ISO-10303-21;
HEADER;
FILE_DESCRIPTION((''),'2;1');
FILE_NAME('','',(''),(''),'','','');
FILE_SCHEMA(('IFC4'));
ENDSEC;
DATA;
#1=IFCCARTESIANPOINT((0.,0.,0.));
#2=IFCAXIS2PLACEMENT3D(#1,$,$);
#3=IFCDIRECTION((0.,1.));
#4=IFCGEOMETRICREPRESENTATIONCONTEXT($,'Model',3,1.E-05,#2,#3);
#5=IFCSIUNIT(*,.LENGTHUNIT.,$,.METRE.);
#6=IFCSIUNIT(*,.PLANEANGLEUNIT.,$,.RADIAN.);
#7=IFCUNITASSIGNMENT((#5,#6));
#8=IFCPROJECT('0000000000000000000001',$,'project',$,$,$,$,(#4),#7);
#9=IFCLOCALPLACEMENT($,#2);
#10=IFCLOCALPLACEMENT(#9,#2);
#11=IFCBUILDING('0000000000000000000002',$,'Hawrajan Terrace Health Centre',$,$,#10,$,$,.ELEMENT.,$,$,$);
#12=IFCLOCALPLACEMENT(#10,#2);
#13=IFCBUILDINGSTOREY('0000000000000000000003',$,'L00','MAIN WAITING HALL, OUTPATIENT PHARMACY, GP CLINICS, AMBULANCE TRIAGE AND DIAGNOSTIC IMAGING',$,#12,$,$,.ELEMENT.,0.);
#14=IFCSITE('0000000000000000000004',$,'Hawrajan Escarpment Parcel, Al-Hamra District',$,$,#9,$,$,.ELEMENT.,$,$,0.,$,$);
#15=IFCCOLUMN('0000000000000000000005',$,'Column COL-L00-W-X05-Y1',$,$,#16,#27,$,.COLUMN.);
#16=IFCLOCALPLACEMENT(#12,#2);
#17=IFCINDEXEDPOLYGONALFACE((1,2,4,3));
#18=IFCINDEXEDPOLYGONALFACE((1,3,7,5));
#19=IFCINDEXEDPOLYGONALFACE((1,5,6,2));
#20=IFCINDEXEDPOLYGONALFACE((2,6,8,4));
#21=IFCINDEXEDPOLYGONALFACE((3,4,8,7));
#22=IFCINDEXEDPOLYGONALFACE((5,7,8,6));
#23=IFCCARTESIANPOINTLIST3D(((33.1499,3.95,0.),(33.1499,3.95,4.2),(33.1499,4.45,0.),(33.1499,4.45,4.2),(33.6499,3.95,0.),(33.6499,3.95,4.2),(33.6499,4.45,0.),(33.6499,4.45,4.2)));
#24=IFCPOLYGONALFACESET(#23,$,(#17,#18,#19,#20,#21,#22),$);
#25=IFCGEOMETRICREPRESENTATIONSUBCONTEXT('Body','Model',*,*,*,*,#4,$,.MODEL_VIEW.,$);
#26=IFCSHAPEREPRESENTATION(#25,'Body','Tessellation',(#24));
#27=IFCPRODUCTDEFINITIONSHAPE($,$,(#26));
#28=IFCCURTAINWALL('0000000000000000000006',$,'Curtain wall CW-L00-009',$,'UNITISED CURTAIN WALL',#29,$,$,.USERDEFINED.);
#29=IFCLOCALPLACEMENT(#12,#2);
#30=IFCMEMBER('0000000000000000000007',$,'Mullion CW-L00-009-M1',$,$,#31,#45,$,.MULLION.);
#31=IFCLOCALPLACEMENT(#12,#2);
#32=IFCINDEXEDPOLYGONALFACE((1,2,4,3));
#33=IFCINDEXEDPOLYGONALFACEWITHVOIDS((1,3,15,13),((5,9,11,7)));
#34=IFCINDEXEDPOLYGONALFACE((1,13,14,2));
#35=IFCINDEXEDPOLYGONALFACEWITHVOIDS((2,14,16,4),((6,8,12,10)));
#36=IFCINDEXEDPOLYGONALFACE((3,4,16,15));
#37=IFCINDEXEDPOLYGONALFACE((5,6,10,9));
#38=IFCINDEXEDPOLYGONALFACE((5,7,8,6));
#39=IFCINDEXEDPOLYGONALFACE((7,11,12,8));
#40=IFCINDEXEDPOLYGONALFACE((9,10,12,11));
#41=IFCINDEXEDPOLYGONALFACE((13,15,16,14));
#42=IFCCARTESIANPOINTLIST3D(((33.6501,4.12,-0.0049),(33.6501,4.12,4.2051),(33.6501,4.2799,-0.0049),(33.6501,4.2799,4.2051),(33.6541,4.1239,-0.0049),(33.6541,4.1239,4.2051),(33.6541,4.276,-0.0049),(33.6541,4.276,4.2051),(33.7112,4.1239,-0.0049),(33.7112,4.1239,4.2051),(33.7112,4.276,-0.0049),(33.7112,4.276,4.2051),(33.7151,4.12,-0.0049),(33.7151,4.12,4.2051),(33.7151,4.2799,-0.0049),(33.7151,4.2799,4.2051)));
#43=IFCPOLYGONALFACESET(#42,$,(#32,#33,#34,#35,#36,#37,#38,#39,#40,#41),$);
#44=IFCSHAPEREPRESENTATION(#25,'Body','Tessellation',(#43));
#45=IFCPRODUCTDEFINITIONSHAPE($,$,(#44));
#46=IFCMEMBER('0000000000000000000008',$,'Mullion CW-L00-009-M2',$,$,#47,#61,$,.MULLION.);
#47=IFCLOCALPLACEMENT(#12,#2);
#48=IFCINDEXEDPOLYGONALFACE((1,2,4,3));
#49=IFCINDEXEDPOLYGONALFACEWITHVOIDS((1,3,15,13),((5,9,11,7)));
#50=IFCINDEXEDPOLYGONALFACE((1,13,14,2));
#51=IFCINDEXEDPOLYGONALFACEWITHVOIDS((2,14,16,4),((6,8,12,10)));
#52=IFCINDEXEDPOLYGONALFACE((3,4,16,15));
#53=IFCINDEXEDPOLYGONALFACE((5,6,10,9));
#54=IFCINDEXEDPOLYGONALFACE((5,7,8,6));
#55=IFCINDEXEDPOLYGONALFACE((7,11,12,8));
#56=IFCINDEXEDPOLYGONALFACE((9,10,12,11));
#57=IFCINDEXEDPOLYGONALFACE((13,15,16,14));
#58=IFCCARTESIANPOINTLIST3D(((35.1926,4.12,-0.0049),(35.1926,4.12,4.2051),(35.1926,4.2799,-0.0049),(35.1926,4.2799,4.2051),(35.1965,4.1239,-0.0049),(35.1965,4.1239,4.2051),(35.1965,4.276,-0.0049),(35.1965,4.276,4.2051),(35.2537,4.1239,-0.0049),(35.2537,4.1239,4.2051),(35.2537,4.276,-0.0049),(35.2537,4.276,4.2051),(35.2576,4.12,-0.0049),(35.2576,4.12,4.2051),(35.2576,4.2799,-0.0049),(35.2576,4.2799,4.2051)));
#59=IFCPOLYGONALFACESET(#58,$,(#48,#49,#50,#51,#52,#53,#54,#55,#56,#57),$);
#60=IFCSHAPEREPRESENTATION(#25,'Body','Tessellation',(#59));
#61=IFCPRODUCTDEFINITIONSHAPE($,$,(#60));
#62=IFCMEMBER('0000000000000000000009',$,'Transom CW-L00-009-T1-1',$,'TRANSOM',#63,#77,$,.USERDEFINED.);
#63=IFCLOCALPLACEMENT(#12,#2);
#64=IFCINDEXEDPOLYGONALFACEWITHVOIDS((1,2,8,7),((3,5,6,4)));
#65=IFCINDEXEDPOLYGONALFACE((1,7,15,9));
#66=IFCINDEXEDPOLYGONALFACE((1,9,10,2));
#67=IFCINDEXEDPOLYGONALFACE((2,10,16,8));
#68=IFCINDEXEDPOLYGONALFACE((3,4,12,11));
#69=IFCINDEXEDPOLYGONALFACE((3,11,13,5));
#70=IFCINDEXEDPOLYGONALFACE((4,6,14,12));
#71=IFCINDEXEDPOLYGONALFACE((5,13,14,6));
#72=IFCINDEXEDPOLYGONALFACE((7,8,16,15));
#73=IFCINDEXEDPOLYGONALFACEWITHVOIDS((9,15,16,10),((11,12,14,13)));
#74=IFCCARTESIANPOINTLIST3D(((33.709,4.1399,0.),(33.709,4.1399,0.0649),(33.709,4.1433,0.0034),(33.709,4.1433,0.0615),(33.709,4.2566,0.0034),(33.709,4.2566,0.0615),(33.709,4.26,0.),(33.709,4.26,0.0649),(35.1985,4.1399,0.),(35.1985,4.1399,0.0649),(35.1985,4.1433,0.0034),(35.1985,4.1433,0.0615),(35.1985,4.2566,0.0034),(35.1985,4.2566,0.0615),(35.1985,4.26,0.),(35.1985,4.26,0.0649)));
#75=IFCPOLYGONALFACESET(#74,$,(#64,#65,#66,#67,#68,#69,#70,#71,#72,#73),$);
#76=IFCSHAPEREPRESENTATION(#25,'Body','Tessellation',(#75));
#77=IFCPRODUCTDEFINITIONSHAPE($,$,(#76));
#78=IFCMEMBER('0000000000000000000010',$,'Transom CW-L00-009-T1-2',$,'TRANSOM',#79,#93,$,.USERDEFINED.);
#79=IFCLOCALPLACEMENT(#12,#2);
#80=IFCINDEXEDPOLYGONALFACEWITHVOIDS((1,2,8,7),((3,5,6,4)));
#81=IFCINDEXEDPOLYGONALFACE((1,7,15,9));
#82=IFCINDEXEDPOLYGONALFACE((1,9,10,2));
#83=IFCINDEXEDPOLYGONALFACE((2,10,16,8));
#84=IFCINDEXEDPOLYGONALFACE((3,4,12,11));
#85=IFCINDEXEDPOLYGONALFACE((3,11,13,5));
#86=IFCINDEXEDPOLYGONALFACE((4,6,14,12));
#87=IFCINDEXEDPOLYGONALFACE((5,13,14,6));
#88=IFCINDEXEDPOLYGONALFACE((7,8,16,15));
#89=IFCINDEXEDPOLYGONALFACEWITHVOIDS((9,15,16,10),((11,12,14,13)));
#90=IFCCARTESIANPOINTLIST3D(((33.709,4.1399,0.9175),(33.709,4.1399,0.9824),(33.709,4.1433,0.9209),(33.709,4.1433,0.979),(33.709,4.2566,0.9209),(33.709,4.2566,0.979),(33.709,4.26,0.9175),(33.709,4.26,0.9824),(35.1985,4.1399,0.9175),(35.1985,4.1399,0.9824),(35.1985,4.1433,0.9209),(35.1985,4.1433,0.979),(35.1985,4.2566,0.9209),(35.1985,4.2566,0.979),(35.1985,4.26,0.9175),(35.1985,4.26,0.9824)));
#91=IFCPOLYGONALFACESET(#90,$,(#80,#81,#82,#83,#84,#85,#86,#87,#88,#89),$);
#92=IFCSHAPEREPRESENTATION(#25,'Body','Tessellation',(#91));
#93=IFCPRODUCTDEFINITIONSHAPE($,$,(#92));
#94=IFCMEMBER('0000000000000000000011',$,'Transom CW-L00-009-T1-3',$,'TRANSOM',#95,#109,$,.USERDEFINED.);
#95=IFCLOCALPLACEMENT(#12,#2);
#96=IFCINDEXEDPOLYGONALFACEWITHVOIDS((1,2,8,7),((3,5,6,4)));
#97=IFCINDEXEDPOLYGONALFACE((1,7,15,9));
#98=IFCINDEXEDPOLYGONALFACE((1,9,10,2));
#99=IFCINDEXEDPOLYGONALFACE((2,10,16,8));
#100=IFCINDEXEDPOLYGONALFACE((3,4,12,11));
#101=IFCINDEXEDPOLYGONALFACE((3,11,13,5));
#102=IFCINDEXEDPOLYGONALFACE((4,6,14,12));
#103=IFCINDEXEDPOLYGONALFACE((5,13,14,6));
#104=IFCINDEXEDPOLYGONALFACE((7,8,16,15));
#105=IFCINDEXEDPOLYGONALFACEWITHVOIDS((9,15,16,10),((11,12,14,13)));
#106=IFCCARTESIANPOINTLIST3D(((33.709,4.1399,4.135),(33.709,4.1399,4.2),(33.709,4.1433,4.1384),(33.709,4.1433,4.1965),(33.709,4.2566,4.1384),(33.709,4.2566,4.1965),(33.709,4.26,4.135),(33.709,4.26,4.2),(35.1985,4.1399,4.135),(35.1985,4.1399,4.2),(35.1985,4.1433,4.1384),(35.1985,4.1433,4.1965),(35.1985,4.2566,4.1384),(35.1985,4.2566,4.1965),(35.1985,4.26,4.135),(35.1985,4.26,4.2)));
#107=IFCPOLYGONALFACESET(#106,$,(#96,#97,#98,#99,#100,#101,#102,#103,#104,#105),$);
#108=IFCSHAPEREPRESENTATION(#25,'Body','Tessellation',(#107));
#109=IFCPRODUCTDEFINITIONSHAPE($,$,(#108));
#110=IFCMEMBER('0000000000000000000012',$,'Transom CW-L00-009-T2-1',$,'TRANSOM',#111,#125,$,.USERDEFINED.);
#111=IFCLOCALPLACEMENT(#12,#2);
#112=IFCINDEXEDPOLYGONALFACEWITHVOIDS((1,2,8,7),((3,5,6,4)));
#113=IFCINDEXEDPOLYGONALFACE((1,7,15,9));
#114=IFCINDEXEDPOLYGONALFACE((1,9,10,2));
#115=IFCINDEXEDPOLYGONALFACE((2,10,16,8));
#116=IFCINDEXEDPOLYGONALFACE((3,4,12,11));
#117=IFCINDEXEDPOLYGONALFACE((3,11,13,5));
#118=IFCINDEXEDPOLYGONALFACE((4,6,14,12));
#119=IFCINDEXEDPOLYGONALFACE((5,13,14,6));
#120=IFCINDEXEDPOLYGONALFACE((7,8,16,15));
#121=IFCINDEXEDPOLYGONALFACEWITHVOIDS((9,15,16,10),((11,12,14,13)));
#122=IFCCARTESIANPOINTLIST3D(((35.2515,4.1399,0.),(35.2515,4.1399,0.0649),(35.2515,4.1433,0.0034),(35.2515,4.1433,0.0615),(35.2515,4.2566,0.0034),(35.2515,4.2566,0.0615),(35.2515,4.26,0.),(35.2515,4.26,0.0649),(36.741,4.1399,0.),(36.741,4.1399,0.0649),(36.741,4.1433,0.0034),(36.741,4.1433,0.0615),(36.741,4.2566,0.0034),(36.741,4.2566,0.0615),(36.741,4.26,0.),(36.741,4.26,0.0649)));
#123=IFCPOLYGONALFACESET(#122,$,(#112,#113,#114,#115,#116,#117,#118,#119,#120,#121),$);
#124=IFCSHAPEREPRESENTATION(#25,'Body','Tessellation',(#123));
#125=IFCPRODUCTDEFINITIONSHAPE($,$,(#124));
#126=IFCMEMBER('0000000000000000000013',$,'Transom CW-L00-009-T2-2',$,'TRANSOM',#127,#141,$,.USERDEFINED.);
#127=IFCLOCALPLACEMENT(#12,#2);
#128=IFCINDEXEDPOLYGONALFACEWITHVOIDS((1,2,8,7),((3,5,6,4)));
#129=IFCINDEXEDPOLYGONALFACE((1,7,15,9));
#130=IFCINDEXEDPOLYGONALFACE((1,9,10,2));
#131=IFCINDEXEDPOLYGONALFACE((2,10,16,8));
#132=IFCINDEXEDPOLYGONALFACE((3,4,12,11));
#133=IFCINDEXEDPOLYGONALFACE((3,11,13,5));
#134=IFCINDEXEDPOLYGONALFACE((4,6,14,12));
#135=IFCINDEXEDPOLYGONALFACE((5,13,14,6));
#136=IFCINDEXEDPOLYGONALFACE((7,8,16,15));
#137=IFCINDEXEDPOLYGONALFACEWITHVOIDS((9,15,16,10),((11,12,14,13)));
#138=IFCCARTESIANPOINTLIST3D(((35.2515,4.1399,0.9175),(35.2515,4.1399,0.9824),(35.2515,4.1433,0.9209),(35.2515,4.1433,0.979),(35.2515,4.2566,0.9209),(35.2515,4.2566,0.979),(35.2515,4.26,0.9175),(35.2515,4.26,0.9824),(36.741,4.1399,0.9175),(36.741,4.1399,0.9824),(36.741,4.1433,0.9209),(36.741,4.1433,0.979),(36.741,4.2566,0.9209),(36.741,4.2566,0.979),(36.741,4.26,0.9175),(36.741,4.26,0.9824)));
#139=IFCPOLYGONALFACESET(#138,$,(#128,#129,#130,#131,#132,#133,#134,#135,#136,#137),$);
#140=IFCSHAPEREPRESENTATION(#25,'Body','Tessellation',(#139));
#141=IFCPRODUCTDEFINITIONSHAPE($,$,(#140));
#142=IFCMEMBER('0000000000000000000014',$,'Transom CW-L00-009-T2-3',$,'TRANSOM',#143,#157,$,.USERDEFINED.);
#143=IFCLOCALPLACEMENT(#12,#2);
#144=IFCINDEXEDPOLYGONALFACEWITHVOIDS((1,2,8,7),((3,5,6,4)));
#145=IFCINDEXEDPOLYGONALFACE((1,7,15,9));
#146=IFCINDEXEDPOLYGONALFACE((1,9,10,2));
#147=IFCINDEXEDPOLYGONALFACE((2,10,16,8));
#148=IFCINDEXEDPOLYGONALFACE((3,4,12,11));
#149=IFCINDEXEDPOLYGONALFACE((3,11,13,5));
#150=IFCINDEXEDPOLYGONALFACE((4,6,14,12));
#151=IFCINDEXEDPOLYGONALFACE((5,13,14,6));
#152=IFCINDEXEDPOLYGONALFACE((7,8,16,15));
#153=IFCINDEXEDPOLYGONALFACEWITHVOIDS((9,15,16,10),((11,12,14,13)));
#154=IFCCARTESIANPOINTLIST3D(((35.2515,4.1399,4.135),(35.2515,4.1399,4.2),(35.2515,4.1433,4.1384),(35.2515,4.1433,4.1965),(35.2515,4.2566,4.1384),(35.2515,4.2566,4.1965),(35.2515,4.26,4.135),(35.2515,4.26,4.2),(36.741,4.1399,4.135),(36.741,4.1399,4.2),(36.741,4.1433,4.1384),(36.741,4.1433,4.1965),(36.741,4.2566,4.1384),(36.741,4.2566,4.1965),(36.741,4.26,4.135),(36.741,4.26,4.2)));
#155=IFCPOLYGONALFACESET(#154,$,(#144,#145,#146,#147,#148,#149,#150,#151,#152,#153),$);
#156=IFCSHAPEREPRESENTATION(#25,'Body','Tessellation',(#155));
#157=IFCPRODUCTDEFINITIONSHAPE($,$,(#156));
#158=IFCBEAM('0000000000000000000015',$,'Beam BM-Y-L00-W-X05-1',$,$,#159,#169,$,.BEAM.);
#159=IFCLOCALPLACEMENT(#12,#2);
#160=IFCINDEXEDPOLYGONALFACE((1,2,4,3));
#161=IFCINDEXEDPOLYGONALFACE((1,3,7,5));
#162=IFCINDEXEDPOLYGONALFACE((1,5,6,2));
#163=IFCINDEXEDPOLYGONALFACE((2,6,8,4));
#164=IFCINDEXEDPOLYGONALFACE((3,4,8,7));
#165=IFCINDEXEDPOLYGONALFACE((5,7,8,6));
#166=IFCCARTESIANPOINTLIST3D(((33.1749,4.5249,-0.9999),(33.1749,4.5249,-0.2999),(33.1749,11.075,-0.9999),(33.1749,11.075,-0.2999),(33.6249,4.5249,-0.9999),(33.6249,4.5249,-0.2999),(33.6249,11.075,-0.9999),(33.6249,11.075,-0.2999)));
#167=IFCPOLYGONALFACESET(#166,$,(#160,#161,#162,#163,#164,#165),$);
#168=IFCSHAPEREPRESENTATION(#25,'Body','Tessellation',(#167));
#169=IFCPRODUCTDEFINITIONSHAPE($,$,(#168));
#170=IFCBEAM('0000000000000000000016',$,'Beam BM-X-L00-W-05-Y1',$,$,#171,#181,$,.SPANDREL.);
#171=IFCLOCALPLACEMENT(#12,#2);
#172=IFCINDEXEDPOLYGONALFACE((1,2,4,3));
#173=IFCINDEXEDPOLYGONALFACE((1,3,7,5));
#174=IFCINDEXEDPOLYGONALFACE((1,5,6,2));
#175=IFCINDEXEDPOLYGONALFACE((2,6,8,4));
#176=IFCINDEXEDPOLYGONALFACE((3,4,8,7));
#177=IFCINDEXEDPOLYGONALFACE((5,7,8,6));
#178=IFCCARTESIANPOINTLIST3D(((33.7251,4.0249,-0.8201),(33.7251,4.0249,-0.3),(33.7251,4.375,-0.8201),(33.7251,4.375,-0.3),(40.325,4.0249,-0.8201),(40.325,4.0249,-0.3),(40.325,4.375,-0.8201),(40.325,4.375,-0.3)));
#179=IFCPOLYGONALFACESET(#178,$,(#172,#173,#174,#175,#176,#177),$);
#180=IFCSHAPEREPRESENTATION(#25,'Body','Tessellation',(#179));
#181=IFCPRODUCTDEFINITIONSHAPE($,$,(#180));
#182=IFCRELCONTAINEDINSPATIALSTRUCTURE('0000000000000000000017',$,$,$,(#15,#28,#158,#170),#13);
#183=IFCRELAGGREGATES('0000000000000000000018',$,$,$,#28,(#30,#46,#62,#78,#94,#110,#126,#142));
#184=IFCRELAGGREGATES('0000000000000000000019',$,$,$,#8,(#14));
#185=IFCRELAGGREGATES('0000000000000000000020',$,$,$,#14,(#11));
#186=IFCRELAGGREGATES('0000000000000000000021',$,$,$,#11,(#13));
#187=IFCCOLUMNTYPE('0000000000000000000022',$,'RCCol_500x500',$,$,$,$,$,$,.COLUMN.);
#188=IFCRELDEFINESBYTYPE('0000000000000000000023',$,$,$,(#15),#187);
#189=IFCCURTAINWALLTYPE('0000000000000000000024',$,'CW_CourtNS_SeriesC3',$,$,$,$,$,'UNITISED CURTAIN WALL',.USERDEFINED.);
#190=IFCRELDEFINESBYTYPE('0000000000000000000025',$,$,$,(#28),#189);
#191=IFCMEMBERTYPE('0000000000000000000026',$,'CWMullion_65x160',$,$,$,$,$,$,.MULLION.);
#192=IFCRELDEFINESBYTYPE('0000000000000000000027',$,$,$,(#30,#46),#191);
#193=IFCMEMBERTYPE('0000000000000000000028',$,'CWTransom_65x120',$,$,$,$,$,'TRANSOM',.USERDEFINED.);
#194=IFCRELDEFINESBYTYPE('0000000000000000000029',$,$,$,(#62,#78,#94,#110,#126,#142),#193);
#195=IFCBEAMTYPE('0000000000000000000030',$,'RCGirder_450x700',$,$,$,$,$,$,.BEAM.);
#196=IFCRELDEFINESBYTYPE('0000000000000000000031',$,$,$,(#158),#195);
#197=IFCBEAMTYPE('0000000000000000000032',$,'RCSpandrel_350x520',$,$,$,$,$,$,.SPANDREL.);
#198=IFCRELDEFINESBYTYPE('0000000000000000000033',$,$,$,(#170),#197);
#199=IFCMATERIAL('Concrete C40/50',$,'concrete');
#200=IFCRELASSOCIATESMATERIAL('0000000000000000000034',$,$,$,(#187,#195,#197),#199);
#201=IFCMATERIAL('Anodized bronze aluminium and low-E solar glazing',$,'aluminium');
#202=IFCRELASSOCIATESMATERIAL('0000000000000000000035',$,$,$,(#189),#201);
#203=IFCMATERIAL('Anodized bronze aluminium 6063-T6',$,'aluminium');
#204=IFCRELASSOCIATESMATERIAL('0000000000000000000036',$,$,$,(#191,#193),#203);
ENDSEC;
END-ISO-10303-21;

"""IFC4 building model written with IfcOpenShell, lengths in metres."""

from ifc_helpers import new_model, si_unit, direction, frame, origin, origin_2d, place, context, subcontext, project, spatial, rectangle, hollow_rectangle, extrude, material, material_profile, profile_set, type_object, element, aggregate, save


model = new_model("IFC4")

# Units and contexts
model_context = context("Model", 3, precision=1e-05, world=origin(), true_north=direction((0.0, 1.0)))
body_context = subcontext(model_context, "Body", "Model", "MODEL_VIEW")
ifc_project = project(units=[si_unit("LENGTHUNIT", "METRE"), si_unit("PLANEANGLEUNIT", "RADIAN")], contexts=[model_context])

# Site, building, storey
site_placement = place(None, origin())
site = spatial("IfcSite", under=ifc_project, at=site_placement, Name="Hawrajan Escarpment Parcel, Al-Hamra District", CompositionType="ELEMENT", RefElevation=0.0)
building_placement = place(site_placement, origin())
building = spatial("IfcBuilding", under=site, at=building_placement, Name="Hawrajan Terrace Health Centre", CompositionType="ELEMENT")
storey_placement = place(building_placement, origin())
storey = spatial("IfcBuildingStorey", under=building, at=storey_placement, Name="L00", Description="MAIN WAITING HALL, OUTPATIENT PHARMACY, GP CLINICS, AMBULANCE TRIAGE AND DIAGNOSTIC IMAGING", CompositionType="ELEMENT", Elevation=0.0)

# Column
ifc_material_1 = material(Name="Concrete C40/50", Category="concrete")
ifc_material_profile_1 = material_profile(ifc_material_1, rectangle(XDim=0.5, YDim=0.5, at=origin_2d()), Name="RC 500x500")
ifc_profile_set_1 = profile_set([ifc_material_profile_1], Name="Concrete C40/50")
column_type = type_object("IfcColumnType", Name="RCCol_500x500", PredefinedType="COLUMN", material=ifc_profile_set_1)
column_placement = place(storey_placement, frame((33.3999, 4.2, 0.0), z_axis=(0.0, 0.0, 1.0), x_axis=(1.0, 0.0, 0.0)))
element("IfcColumn", 1, at=column_placement, inside=storey, type_object=column_type, Name="Column COL-L00-W-X05-Y1", PredefinedType="COLUMN", context=body_context, shape_type="SweptSolid", body=[
    extrude(rectangle(XDim=0.5, YDim=0.5, at=origin_2d()), origin(), (0.0, 0.0, 1.0), 4.2),
])

# Curtain wall, members
ifc_material_2 = material(Name="Anodized bronze aluminium and low-E solar glazing", Category="aluminium")
curtain_wall_type = type_object("IfcCurtainWallType", Name="CW_CourtNS_SeriesC3", ElementType="UNITISED CURTAIN WALL", PredefinedType="USERDEFINED", material=ifc_material_2)
curtain_wall_placement = place(storey_placement, origin())
curtain_wall = element("IfcCurtainWall", 2, at=curtain_wall_placement, inside=storey, type_object=curtain_wall_type, Name="Curtain wall CW-L00-009", ObjectType="UNITISED CURTAIN WALL", PredefinedType="USERDEFINED")
ifc_material_3 = material(Name="Anodized bronze aluminium 6063-T6", Category="aluminium")
ifc_material_profile_2 = material_profile(ifc_material_3, hollow_rectangle(XDim=0.0649, YDim=0.1599, WallThickness=0.0039, at=origin_2d()), Name="CW MUL 65x160")
ifc_profile_set_2 = profile_set([ifc_material_profile_2], Name="Anodized bronze aluminium 6063-T6")
member_type_1 = type_object("IfcMemberType", Name="CWMullion_65x160", PredefinedType="MULLION", material=ifc_profile_set_2)
member_1_placement = place(storey_placement, frame((33.6826, 4.2, -0.0049), z_axis=(0.0, 0.0, 1.0), x_axis=(1.0, 0.0, 0.0)))
member_1 = element("IfcMember", 3, at=member_1_placement, type_object=member_type_1, Name="Mullion CW-L00-009-M1", PredefinedType="MULLION", context=body_context, shape_type="SweptSolid", body=[
    extrude(hollow_rectangle(XDim=0.0649, YDim=0.1599, WallThickness=0.0039, at=origin_2d()), origin(), (0.0, 0.0, 1.0), 4.21),
])
member_2_placement = place(storey_placement, frame((35.2251, 4.2, -0.0049), z_axis=(0.0, 0.0, 1.0), x_axis=(1.0, 0.0, 0.0)))
member_2 = element("IfcMember", 4, at=member_2_placement, type_object=member_type_1, Name="Mullion CW-L00-009-M2", PredefinedType="MULLION", context=body_context, shape_type="SweptSolid", body=[
    extrude(hollow_rectangle(XDim=0.0649, YDim=0.1599, WallThickness=0.0039, at=origin_2d()), origin(), (0.0, 0.0, 1.0), 4.21),
])
ifc_material_profile_3 = material_profile(ifc_material_3, hollow_rectangle(XDim=0.0649, YDim=0.1201, WallThickness=0.0034, at=origin_2d()), Name="CW TRN 65x120")
ifc_profile_set_3 = profile_set([ifc_material_profile_3], Name="Anodized bronze aluminium 6063-T6")
member_type_2 = type_object("IfcMemberType", Name="CWTransom_65x120", ElementType="TRANSOM", PredefinedType="USERDEFINED", material=ifc_profile_set_3)
member_3_placement = place(storey_placement, frame((33.709, 4.2, 0.0325), z_axis=(1.0, 0.0, 0.0), x_axis=(0.0, 0.0, 1.0)))
member_3 = element("IfcMember", 5, at=member_3_placement, type_object=member_type_2, Name="Transom CW-L00-009-T1-1", ObjectType="TRANSOM", PredefinedType="USERDEFINED", context=body_context, shape_type="SweptSolid", body=[
    extrude(hollow_rectangle(XDim=0.0649, YDim=0.1201, WallThickness=0.0034, at=origin_2d()), origin(), (0.0, 0.0, 1.0), 1.4895),
])
member_4_placement = place(storey_placement, frame((33.709, 4.2, 0.95), z_axis=(1.0, 0.0, 0.0), x_axis=(0.0, 0.0, 1.0)))
member_4 = element("IfcMember", 6, at=member_4_placement, type_object=member_type_2, Name="Transom CW-L00-009-T1-2", ObjectType="TRANSOM", PredefinedType="USERDEFINED", context=body_context, shape_type="SweptSolid", body=[
    extrude(hollow_rectangle(XDim=0.0649, YDim=0.1201, WallThickness=0.0034, at=origin_2d()), origin(), (0.0, 0.0, 1.0), 1.4895),
])
member_5_placement = place(storey_placement, frame((33.709, 4.2, 4.1675), z_axis=(1.0, 0.0, 0.0), x_axis=(0.0, 0.0, 1.0)))
member_5 = element("IfcMember", 7, at=member_5_placement, type_object=member_type_2, Name="Transom CW-L00-009-T1-3", ObjectType="TRANSOM", PredefinedType="USERDEFINED", context=body_context, shape_type="SweptSolid", body=[
    extrude(hollow_rectangle(XDim=0.0649, YDim=0.1201, WallThickness=0.0034, at=origin_2d()), origin(), (0.0, 0.0, 1.0), 1.4895),
])
member_6_placement = place(storey_placement, frame((35.2515, 4.2, 0.0325), z_axis=(1.0, 0.0, 0.0), x_axis=(0.0, 0.0, 1.0)))
member_6 = element("IfcMember", 8, at=member_6_placement, type_object=member_type_2, Name="Transom CW-L00-009-T2-1", ObjectType="TRANSOM", PredefinedType="USERDEFINED", context=body_context, shape_type="SweptSolid", body=[
    extrude(hollow_rectangle(XDim=0.0649, YDim=0.1201, WallThickness=0.0034, at=origin_2d()), origin(), (0.0, 0.0, 1.0), 1.4895),
])
member_7_placement = place(storey_placement, frame((35.2515, 4.2, 0.95), z_axis=(1.0, 0.0, 0.0), x_axis=(0.0, 0.0, 1.0)))
member_7 = element("IfcMember", 9, at=member_7_placement, type_object=member_type_2, Name="Transom CW-L00-009-T2-2", ObjectType="TRANSOM", PredefinedType="USERDEFINED", context=body_context, shape_type="SweptSolid", body=[
    extrude(hollow_rectangle(XDim=0.0649, YDim=0.1201, WallThickness=0.0034, at=origin_2d()), origin(), (0.0, 0.0, 1.0), 1.4895),
])
member_8_placement = place(storey_placement, frame((35.2515, 4.2, 4.1675), z_axis=(1.0, 0.0, 0.0), x_axis=(0.0, 0.0, 1.0)))
member_8 = element("IfcMember", 10, at=member_8_placement, type_object=member_type_2, Name="Transom CW-L00-009-T2-3", ObjectType="TRANSOM", PredefinedType="USERDEFINED", context=body_context, shape_type="SweptSolid", body=[
    extrude(hollow_rectangle(XDim=0.0649, YDim=0.1201, WallThickness=0.0034, at=origin_2d()), origin(), (0.0, 0.0, 1.0), 1.4895),
])

# Beams
ifc_material_profile_4 = material_profile(ifc_material_1, rectangle(XDim=0.45, YDim=0.7, at=origin_2d()), Name="RC BM 450x700")
ifc_profile_set_4 = profile_set([ifc_material_profile_4], Name="Concrete C40/50")
beam_type_1 = type_object("IfcBeamType", Name="RCGirder_450x700", PredefinedType="BEAM", material=ifc_profile_set_4)
beam_1_placement = place(storey_placement, frame((33.3999, 4.5249, -0.6499), z_axis=(0.0, 1.0, 0.0), x_axis=(-1.0, 0.0, 0.0)))
element("IfcBeam", 11, at=beam_1_placement, inside=storey, type_object=beam_type_1, Name="Beam BM-Y-L00-W-X05-1", PredefinedType="BEAM", context=body_context, shape_type="SweptSolid", body=[
    extrude(rectangle(XDim=0.45, YDim=0.7, at=origin_2d()), origin(), (0.0, 0.0, 1.0), 6.55),
])
ifc_material_profile_5 = material_profile(ifc_material_1, rectangle(XDim=0.3501, YDim=0.52, at=origin_2d()), Name="RC SP 350x520")
ifc_profile_set_5 = profile_set([ifc_material_profile_5], Name="Concrete C40/50")
beam_type_2 = type_object("IfcBeamType", Name="RCSpandrel_350x520", PredefinedType="SPANDREL", material=ifc_profile_set_5)
beam_2_placement = place(storey_placement, frame((33.7251, 4.2, -0.5601), z_axis=(1.0, 0.0, 0.0), x_axis=(0.0, 1.0, 0.0)))
element("IfcBeam", 12, at=beam_2_placement, inside=storey, type_object=beam_type_2, Name="Beam BM-X-L00-W-05-Y1", PredefinedType="SPANDREL", context=body_context, shape_type="SweptSolid", body=[
    extrude(rectangle(XDim=0.3501, YDim=0.52, at=origin_2d()), origin(), (0.0, 0.0, 1.0), 6.5999),
])

aggregate(curtain_wall, [member_1, member_2, member_3, member_4, member_5, member_6, member_7, member_8])

save(model, "model.ifc")
